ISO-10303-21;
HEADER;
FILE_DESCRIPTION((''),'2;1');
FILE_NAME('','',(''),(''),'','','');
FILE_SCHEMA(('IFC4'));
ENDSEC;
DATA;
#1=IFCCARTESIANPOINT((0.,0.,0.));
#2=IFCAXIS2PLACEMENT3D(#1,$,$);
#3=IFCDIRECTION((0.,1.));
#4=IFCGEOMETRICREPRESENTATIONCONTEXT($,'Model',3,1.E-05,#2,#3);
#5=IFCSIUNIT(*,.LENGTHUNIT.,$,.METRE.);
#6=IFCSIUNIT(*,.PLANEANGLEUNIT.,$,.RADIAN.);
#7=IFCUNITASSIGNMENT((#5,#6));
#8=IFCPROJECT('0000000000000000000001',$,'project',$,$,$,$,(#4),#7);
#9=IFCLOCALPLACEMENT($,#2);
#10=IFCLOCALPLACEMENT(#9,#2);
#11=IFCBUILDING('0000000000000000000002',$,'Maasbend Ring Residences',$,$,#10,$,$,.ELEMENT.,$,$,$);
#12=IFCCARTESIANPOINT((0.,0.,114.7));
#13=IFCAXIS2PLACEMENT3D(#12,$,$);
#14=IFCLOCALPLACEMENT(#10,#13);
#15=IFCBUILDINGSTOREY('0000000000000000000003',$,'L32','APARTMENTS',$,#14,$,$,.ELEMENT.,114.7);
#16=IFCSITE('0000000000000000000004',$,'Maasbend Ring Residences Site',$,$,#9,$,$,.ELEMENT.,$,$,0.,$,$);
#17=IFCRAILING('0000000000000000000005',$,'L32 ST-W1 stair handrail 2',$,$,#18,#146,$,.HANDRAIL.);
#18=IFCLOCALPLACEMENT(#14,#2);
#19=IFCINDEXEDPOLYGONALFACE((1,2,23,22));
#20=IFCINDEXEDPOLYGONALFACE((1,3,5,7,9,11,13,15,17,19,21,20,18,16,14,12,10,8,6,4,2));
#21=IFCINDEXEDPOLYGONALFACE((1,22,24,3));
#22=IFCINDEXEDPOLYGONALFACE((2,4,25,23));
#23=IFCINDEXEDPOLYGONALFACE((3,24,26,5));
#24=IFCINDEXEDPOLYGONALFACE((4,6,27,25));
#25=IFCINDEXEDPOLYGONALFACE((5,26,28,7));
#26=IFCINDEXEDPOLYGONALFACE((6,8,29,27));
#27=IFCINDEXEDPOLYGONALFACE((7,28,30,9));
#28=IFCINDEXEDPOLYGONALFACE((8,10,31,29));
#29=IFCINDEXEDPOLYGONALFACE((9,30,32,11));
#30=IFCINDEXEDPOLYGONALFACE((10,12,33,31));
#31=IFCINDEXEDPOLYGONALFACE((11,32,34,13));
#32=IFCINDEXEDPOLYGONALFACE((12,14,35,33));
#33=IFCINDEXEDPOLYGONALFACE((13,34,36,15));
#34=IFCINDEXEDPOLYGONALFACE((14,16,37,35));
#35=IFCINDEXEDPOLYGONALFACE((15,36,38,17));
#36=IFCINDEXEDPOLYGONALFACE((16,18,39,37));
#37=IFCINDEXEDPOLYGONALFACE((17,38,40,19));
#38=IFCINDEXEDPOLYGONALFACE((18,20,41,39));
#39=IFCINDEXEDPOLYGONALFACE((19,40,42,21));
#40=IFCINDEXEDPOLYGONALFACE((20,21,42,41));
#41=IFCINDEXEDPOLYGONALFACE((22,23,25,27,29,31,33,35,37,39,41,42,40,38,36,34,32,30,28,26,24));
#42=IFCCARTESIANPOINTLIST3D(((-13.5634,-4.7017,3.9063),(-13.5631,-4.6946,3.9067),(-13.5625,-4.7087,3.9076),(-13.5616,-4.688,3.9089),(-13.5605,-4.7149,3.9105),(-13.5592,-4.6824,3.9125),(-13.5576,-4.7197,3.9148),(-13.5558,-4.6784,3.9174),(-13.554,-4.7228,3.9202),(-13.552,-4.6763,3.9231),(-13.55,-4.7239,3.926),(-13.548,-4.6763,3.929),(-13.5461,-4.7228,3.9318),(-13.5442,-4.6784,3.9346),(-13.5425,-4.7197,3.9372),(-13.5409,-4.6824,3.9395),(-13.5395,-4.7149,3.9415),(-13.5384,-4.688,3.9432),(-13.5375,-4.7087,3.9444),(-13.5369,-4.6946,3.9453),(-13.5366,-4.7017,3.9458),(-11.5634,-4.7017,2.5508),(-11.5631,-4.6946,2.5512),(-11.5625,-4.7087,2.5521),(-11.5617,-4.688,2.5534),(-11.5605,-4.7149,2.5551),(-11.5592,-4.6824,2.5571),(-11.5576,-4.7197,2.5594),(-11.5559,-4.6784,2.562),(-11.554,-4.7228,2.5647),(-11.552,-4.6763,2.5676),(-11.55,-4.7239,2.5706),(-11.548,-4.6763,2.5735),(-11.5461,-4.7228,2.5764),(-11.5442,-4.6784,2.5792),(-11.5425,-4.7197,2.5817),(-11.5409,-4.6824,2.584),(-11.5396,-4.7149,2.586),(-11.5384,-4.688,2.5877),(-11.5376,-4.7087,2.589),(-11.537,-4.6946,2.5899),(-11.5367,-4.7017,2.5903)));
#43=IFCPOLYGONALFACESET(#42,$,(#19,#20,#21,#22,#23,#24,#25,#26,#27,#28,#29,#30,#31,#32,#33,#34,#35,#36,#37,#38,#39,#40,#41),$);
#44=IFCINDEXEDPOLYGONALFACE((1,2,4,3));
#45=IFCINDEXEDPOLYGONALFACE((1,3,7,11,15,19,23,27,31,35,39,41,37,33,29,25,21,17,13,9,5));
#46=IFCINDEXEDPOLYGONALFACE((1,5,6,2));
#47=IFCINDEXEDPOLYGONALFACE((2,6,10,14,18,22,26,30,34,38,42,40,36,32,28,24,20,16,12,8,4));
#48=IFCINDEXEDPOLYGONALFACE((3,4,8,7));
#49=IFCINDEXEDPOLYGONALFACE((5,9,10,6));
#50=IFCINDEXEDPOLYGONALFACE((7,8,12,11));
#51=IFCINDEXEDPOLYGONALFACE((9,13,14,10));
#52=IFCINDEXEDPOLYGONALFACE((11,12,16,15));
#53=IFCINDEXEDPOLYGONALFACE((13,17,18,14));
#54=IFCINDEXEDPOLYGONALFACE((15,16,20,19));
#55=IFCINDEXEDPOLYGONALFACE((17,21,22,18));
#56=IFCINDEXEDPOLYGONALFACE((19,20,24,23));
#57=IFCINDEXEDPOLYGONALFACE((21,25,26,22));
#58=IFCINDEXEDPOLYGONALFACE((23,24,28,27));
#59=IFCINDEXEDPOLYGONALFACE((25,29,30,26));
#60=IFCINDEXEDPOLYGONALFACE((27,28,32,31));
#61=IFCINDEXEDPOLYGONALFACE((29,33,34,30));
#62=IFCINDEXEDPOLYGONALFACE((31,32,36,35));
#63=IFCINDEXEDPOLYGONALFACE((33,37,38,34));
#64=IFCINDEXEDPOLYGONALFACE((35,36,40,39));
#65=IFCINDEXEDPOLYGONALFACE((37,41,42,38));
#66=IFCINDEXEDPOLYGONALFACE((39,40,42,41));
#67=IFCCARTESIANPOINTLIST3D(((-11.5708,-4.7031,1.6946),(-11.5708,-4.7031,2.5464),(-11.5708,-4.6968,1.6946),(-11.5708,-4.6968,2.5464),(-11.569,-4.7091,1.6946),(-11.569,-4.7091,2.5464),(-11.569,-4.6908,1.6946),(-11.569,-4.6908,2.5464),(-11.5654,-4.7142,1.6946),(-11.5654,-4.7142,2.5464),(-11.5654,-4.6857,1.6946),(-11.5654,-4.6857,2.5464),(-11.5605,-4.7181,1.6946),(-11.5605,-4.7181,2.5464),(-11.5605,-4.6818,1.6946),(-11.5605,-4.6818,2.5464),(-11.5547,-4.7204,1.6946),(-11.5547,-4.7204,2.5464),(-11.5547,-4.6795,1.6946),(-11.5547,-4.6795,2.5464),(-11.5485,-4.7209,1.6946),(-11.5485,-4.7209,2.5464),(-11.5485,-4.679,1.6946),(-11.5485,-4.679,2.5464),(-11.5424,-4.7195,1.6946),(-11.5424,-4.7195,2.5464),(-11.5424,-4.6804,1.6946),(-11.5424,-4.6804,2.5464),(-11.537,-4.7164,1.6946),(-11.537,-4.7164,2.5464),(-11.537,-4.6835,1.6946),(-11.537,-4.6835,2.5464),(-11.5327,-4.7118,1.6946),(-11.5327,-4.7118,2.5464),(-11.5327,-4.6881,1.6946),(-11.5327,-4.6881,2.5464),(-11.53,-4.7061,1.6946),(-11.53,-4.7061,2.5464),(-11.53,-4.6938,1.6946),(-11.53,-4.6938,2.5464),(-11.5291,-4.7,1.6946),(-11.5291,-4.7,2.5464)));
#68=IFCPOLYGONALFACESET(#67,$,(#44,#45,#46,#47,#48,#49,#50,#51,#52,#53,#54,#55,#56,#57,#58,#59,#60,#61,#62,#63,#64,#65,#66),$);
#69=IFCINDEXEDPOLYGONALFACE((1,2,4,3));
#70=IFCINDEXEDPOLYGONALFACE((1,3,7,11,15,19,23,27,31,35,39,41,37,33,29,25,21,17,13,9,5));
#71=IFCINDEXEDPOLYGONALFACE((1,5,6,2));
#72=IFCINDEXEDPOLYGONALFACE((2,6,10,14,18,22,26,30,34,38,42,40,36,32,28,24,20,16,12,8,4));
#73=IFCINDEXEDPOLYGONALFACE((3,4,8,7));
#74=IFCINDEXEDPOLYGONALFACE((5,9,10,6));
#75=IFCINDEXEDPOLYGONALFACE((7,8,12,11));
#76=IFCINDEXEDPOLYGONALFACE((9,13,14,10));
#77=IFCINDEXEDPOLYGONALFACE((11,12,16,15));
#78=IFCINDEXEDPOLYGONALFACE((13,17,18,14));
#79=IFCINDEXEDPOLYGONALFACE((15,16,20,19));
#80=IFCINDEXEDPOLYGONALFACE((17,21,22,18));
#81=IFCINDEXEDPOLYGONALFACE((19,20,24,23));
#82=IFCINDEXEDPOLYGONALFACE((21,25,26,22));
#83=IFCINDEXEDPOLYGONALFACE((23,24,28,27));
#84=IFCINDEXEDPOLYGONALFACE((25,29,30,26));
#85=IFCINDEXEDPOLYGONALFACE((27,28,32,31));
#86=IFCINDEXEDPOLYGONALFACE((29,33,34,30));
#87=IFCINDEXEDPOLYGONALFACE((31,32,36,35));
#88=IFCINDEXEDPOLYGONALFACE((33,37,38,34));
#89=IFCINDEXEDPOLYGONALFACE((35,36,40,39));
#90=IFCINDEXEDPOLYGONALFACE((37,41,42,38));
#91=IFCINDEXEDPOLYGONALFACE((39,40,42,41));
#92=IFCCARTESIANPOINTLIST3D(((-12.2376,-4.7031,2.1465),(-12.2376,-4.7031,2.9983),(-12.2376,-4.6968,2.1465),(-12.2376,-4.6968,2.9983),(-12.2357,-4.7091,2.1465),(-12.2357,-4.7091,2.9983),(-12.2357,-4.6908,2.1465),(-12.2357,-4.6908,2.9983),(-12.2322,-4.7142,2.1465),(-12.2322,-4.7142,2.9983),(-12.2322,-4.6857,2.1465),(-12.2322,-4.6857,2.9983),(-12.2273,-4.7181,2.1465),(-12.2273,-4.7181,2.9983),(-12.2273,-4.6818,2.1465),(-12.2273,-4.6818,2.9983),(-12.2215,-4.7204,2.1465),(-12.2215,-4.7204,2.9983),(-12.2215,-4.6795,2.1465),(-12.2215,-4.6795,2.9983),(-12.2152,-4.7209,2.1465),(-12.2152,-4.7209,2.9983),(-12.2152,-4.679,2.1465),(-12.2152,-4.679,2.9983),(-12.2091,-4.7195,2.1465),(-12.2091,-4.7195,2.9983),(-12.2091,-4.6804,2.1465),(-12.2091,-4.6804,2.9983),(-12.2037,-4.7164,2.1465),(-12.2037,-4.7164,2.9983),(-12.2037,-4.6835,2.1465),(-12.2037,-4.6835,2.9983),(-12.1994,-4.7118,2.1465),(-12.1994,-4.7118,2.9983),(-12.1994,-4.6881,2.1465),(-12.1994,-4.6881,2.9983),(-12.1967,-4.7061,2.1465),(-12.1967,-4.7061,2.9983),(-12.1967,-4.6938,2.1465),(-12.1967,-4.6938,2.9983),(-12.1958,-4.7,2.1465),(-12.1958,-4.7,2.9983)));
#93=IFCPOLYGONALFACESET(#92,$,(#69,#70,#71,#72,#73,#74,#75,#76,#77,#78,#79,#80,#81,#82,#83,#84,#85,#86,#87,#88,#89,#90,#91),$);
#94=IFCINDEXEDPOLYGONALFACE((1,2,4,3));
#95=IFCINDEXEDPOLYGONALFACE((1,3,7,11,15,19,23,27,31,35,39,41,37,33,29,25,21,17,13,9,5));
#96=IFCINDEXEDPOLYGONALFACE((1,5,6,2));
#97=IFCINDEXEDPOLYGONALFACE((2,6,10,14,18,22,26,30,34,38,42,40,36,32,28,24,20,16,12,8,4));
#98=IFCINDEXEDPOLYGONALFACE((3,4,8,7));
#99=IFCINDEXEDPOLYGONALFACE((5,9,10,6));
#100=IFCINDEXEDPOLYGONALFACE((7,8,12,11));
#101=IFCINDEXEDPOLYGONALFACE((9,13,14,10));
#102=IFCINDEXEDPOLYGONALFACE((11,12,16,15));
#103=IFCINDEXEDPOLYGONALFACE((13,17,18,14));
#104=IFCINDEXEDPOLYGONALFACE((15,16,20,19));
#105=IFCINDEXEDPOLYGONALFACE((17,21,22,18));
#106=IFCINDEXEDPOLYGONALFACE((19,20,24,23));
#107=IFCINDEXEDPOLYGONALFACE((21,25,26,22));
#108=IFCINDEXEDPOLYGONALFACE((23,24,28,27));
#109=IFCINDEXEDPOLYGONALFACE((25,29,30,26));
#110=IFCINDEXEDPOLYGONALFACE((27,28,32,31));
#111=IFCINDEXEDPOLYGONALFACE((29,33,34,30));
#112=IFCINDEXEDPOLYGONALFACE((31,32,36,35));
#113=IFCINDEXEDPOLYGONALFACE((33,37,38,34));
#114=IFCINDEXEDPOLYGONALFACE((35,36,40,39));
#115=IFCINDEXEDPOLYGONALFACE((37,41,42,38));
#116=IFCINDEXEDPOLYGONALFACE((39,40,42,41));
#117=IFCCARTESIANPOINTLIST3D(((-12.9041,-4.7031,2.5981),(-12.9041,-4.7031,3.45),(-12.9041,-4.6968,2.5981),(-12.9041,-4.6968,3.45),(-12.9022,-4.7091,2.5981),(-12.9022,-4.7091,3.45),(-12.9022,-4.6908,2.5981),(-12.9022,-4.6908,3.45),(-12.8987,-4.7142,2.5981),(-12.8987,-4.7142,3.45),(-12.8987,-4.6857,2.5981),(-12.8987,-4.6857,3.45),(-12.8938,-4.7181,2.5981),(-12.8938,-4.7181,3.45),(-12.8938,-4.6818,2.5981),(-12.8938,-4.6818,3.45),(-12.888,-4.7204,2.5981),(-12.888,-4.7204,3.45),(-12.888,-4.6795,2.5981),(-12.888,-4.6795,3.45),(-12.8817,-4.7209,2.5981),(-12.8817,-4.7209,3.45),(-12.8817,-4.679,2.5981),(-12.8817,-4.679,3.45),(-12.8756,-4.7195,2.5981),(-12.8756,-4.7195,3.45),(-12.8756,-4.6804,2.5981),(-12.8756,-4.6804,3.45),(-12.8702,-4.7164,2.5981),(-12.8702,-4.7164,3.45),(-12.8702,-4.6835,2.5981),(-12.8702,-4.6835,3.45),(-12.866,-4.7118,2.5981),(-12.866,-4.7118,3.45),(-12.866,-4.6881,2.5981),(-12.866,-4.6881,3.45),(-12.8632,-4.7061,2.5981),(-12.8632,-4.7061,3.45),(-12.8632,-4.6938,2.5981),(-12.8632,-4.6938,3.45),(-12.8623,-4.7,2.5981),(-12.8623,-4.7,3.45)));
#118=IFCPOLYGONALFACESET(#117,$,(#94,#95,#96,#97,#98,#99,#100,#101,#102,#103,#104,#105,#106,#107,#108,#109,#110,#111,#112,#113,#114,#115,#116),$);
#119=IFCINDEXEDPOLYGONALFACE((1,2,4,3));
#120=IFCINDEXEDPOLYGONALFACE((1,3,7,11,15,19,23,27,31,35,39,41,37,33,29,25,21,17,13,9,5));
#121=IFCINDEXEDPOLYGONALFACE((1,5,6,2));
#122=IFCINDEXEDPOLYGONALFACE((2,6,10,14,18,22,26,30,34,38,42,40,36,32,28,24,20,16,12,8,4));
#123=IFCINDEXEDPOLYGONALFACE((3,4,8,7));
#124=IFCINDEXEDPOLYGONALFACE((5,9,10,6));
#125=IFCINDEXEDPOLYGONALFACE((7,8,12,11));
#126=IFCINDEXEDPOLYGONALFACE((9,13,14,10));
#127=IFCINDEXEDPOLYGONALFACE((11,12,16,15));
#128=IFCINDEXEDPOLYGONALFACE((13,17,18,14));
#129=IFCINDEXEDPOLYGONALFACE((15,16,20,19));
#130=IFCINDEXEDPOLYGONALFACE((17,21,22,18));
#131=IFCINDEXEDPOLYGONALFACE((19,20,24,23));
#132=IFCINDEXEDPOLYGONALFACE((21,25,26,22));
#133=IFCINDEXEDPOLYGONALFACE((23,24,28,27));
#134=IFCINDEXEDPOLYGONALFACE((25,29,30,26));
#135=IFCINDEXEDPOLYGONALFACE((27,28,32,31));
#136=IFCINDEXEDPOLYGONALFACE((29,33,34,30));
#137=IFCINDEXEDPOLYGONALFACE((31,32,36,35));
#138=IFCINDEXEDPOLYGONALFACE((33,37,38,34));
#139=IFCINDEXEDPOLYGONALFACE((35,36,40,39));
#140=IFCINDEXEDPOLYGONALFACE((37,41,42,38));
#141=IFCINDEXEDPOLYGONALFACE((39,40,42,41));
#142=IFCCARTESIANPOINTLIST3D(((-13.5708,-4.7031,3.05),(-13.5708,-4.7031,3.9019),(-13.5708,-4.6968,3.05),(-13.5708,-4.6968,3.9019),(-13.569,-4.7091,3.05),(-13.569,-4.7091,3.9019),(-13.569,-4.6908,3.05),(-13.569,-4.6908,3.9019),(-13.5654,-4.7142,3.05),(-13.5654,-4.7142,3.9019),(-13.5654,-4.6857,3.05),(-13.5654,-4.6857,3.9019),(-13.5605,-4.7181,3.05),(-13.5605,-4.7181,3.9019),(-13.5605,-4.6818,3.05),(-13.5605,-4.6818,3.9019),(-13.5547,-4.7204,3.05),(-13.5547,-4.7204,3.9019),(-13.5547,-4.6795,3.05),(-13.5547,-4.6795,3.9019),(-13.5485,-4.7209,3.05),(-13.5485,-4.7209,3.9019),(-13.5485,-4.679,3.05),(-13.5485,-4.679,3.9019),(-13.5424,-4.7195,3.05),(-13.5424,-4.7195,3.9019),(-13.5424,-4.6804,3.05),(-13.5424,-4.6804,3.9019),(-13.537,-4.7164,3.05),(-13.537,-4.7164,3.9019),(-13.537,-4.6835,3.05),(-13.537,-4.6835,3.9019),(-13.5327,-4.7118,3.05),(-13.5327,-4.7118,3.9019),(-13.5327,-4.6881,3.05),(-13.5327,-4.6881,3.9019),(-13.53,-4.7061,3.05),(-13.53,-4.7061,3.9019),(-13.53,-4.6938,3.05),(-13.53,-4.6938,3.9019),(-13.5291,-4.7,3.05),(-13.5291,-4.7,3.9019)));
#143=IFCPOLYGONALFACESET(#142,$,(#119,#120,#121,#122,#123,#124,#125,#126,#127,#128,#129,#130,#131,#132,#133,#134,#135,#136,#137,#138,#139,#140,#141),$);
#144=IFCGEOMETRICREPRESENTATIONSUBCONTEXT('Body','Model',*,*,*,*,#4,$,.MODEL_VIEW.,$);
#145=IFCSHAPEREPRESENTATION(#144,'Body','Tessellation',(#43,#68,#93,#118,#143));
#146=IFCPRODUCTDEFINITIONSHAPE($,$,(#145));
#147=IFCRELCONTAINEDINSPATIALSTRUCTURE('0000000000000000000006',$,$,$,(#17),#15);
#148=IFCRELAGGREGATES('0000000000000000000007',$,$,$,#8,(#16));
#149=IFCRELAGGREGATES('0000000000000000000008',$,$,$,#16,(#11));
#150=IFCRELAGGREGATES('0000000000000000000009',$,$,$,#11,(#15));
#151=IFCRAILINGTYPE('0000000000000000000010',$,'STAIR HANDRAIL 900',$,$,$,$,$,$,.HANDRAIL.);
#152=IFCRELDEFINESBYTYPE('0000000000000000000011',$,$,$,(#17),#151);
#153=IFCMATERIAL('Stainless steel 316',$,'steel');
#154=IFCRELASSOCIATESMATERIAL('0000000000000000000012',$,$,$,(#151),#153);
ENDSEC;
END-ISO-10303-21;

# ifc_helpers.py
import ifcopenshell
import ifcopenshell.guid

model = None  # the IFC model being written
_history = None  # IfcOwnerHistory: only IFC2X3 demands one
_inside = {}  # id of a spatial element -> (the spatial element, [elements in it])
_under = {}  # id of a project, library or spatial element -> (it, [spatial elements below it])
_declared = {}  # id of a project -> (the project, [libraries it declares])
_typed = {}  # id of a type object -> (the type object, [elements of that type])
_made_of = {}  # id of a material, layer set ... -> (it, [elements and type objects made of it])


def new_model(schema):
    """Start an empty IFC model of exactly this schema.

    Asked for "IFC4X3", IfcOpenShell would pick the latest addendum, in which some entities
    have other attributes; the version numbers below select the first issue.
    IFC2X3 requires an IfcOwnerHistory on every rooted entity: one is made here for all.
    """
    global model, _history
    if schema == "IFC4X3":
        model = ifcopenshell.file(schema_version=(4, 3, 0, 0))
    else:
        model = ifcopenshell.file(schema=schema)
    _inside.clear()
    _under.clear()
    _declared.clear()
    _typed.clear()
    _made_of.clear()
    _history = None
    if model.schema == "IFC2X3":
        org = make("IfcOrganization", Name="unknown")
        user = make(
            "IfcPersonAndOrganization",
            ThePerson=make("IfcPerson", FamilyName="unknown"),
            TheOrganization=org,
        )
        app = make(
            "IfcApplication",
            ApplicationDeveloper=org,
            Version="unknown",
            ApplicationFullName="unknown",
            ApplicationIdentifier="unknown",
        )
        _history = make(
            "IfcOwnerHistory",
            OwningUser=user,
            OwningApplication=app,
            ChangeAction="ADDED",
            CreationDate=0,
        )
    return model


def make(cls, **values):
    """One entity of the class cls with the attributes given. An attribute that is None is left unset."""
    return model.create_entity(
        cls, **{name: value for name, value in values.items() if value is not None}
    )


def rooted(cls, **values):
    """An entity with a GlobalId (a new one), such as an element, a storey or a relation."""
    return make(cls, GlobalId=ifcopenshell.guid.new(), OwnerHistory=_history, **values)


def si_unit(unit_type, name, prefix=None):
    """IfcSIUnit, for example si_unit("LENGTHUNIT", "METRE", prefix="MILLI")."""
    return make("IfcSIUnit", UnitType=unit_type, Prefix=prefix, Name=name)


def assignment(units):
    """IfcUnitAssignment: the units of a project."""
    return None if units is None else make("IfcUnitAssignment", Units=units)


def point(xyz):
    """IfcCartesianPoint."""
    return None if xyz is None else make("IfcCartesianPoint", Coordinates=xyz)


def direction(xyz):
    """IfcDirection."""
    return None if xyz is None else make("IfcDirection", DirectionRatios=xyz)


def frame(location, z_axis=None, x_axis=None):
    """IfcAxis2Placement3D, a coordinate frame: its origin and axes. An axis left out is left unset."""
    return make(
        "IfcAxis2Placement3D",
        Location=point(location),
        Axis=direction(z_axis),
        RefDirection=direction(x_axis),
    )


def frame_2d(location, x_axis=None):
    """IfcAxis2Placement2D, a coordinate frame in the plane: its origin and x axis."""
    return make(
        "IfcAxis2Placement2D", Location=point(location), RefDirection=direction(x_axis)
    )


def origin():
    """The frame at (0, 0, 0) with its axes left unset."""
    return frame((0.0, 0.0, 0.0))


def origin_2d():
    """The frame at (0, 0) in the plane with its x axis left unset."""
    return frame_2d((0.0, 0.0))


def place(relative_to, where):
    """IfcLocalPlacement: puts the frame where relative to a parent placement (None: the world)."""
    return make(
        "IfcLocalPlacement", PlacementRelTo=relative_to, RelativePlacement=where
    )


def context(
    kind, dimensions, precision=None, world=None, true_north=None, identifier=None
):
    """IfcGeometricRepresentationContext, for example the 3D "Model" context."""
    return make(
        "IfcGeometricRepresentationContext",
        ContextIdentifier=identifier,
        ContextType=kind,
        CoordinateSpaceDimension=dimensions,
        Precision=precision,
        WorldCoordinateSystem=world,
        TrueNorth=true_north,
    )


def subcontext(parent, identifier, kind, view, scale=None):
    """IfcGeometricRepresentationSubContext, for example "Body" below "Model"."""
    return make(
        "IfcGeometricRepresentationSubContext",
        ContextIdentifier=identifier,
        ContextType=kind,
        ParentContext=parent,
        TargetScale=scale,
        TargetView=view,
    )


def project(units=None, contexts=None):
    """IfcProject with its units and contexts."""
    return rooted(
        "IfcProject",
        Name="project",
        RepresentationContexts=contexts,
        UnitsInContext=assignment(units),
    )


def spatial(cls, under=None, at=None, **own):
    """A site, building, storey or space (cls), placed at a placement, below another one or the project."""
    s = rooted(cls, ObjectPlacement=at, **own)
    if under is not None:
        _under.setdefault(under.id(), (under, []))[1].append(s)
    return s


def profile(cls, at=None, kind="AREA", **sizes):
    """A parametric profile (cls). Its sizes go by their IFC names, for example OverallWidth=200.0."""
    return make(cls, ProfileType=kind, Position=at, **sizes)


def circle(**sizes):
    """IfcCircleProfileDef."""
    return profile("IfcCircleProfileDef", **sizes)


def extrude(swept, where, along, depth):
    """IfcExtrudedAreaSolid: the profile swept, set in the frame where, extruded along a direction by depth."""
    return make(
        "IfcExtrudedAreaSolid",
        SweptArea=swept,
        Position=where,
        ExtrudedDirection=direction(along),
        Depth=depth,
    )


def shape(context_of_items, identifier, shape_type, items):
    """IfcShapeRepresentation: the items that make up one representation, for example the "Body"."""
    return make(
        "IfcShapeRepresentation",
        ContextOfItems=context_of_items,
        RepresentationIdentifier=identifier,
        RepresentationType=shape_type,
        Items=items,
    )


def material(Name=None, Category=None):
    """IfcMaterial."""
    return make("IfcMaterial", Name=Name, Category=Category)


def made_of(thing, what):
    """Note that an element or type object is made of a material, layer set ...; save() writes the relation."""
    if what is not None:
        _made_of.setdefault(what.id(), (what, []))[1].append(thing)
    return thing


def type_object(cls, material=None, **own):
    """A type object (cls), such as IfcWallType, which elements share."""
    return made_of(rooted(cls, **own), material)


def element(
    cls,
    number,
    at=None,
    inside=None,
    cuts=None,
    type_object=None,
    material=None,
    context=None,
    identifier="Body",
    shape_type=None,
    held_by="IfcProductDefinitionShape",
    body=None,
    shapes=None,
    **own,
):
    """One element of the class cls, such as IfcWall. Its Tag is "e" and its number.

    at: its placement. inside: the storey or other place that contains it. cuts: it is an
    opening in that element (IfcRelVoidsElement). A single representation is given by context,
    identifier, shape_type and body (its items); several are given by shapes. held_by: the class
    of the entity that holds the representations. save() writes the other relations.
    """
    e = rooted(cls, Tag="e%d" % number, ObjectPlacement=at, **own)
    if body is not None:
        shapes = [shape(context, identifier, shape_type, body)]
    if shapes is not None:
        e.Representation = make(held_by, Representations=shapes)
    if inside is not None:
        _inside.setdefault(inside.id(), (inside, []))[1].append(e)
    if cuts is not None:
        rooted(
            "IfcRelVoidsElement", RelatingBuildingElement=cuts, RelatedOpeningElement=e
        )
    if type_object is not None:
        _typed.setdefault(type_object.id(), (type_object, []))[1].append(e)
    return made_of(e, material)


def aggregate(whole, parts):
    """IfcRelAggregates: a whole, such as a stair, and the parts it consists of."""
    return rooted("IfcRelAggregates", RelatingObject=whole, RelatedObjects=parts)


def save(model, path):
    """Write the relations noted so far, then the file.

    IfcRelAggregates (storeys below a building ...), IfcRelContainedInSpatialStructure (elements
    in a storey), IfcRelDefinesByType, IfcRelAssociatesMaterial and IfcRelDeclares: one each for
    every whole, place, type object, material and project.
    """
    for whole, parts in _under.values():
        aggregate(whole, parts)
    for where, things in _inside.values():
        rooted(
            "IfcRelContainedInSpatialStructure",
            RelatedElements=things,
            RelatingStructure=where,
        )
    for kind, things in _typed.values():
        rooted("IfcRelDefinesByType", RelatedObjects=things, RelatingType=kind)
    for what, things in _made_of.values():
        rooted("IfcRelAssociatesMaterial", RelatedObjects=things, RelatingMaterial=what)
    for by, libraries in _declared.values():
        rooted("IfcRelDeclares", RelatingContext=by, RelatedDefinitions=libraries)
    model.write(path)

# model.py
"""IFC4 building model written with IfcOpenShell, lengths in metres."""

from ifc_helpers import new_model, si_unit, direction, frame, origin, origin_2d, place, context, subcontext, project, spatial, circle, extrude, material, type_object, element, save


model = new_model("IFC4")

# Units and contexts
model_context = context("Model", 3, precision=1e-05, world=origin(), true_north=direction((0.0, 1.0)))
body_context = subcontext(model_context, "Body", "Model", "MODEL_VIEW")
ifc_project = project(units=[si_unit("LENGTHUNIT", "METRE"), si_unit("PLANEANGLEUNIT", "RADIAN")], contexts=[model_context])

# Site, building, storey
site_placement = place(None, origin())
site = spatial("IfcSite", under=ifc_project, at=site_placement, Name="Maasbend Ring Residences Site", CompositionType="ELEMENT", RefElevation=0.0)
building_placement = place(site_placement, origin())
building = spatial("IfcBuilding", under=site, at=building_placement, Name="Maasbend Ring Residences", CompositionType="ELEMENT")
storey_placement = place(building_placement, frame((0.0, 0.0, 114.7)))
storey = spatial("IfcBuildingStorey", under=building, at=storey_placement, Name="L32", Description="APARTMENTS", CompositionType="ELEMENT", Elevation=114.7)

# Railing
ifc_material_1 = material(Name="Stainless steel 316", Category="steel")
railing_type_1 = type_object("IfcRailingType", Name="STAIR HANDRAIL 900", PredefinedType="HANDRAIL", material=ifc_material_1)
railing_1_placement = place(storey_placement, frame((-11.55, -4.7, 1.6946)))
element("IfcRailing", 1, at=railing_1_placement, inside=storey, type_object=railing_type_1, Name="L32 ST-W1 stair handrail 2", PredefinedType="HANDRAIL", context=body_context, shape_type="SweptSolid", body=[
    extrude(circle(Radius=0.0239, at=origin_2d()), frame((0.0, 0.0, 0.876), z_axis=(-0.827798, 0.0, 0.561027), x_axis=(0.0, -1.0, 0.0)), (0.0, 0.0, 1.0), 2.416),
    extrude(circle(Radius=0.021, at=origin_2d()), origin(), (0.0, 0.0, 1.0), 0.8518),
    extrude(circle(Radius=0.021, at=origin_2d()), frame((-0.6667, 0.0, 0.4519)), (0.0, 0.0, 1.0), 0.8518),
    extrude(circle(Radius=0.021, at=origin_2d()), frame((-1.3333, 0.0, 0.9036)), (0.0, 0.0, 1.0), 0.8518),
    extrude(circle(Radius=0.021, at=origin_2d()), frame((-2.0, 0.0, 1.3555)), (0.0, 0.0, 1.0), 0.8518),
])

save(model, "model.ifc")
